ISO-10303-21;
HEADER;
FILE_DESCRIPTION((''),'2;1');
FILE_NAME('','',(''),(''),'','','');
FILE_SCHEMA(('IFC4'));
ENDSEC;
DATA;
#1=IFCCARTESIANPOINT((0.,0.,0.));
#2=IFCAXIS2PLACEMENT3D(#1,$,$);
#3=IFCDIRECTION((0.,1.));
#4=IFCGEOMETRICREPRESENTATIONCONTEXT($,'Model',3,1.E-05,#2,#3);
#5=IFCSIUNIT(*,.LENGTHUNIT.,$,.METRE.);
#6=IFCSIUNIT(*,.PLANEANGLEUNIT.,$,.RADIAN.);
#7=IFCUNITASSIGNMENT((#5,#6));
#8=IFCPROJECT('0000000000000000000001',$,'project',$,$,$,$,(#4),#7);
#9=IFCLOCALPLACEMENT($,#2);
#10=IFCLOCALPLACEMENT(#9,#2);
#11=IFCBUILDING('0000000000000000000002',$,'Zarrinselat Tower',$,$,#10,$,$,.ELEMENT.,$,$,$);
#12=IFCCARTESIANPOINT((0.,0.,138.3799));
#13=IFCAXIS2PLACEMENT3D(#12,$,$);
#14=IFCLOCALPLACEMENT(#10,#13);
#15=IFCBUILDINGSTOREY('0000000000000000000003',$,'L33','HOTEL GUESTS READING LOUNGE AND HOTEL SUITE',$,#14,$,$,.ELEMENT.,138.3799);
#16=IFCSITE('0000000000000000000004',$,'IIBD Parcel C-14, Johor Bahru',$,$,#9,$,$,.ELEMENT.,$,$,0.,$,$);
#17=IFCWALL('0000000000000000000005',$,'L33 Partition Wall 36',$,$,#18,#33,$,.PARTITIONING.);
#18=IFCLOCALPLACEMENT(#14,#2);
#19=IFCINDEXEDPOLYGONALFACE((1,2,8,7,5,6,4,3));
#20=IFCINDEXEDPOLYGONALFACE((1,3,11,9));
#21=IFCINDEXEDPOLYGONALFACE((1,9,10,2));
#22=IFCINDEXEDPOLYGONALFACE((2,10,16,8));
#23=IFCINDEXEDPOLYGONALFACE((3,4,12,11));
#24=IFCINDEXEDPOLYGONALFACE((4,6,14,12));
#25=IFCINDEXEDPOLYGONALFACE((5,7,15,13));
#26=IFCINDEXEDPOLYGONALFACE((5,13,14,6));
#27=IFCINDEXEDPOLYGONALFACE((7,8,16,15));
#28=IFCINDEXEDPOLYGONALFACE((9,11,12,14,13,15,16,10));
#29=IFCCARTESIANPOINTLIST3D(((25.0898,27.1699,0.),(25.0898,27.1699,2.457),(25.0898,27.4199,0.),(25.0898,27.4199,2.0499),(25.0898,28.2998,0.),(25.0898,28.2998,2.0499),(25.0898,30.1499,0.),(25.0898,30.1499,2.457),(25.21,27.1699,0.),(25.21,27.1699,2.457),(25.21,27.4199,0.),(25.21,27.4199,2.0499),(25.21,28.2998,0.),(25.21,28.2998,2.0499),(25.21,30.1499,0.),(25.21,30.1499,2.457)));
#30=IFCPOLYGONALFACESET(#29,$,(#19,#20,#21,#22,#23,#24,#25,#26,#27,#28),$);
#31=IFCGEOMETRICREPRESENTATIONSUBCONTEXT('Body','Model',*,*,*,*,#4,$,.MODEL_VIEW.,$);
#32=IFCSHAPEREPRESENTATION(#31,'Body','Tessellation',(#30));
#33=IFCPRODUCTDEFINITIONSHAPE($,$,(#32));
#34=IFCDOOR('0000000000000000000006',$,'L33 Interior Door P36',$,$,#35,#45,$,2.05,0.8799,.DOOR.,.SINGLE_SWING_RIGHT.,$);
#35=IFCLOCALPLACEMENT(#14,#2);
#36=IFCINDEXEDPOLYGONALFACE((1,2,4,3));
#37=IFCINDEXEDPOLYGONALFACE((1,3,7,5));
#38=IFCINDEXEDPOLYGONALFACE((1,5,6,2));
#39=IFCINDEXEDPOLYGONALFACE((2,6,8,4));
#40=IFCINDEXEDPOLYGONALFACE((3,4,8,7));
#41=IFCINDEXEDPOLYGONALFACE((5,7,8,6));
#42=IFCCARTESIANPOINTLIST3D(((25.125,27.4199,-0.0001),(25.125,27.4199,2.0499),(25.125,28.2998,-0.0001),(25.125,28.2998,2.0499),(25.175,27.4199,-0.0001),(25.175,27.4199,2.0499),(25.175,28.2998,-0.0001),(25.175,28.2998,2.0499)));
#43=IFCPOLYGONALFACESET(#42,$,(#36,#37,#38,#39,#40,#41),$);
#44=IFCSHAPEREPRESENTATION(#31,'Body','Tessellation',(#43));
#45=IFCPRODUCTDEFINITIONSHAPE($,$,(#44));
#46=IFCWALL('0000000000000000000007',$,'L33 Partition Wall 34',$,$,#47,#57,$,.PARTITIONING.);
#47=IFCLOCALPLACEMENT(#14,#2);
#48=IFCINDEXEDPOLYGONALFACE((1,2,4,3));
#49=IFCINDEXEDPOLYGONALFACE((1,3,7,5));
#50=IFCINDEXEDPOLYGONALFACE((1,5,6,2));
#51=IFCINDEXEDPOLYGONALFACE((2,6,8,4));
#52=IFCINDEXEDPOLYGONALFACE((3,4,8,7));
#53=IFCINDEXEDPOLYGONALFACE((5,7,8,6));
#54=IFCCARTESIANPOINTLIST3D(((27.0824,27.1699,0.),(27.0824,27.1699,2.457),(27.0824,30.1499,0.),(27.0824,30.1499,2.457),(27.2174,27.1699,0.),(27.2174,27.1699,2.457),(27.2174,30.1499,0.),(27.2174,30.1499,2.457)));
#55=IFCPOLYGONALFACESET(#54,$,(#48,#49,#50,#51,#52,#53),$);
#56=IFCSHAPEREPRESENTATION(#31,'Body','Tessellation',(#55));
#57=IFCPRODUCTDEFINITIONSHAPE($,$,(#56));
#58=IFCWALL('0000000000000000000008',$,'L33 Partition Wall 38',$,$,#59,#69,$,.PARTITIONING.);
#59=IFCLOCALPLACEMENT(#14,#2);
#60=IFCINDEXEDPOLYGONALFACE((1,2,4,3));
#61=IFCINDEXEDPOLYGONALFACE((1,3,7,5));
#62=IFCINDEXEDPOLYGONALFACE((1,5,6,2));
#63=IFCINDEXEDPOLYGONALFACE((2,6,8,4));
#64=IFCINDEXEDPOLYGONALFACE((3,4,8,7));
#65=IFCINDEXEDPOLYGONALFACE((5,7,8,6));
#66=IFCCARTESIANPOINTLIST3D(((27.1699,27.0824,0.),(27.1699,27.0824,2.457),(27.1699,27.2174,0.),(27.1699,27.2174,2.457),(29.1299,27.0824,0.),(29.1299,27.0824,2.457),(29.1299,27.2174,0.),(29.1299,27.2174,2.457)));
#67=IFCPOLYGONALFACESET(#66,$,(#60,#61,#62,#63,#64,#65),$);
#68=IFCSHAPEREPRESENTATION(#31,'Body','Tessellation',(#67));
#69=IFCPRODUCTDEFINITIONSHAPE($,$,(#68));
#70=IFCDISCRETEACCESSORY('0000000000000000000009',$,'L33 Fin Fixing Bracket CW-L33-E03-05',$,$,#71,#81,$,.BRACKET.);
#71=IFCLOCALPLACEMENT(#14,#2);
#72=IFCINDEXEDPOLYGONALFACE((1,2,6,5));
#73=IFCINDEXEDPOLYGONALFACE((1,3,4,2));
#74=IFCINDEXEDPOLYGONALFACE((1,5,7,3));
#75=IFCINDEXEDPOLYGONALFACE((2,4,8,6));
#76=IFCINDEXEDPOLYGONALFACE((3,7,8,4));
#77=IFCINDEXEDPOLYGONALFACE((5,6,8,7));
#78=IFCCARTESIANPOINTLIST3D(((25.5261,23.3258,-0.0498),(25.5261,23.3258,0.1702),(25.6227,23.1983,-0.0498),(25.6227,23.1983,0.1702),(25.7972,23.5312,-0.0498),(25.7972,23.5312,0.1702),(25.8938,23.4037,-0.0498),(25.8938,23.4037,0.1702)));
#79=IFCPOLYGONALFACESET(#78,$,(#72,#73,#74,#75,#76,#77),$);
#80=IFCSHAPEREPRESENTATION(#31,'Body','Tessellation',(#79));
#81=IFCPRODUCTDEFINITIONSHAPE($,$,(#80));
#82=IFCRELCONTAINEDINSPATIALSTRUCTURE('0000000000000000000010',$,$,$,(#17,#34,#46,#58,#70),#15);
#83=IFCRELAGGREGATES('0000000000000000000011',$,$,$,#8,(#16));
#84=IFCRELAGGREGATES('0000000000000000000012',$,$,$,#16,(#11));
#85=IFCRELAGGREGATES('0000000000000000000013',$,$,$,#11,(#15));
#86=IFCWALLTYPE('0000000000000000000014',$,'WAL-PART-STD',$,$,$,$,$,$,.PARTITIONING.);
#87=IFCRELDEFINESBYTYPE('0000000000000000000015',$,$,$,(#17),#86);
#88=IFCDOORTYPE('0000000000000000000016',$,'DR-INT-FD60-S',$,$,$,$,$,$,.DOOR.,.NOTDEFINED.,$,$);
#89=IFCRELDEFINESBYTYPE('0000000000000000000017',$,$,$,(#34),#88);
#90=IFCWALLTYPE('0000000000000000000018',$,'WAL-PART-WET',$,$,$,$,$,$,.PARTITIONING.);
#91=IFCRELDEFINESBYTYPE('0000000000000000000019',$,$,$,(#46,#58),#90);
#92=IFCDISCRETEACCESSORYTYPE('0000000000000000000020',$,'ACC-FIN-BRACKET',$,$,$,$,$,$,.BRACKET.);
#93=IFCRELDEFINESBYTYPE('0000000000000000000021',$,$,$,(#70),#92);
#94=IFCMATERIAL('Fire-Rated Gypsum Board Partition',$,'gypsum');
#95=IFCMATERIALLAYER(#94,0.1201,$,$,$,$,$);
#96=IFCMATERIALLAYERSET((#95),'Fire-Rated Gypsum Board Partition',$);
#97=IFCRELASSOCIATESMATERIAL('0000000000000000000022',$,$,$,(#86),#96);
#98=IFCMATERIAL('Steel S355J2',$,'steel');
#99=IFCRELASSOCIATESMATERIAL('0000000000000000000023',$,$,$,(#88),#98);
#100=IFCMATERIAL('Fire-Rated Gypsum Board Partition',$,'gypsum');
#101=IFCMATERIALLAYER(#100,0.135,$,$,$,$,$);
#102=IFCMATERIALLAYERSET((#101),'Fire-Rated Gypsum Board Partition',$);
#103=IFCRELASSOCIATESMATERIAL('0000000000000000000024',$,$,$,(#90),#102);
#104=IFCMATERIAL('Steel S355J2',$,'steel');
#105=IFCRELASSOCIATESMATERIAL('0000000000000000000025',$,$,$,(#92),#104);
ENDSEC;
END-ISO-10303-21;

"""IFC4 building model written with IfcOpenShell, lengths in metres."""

from ifc_helpers import new_model, si_unit, direction, frame, frame_2d, origin, origin_2d, place, context, subcontext, project, spatial, rectangle, extrude, material, layer, layer_set, type_object, element, fill, save


model = new_model("IFC4")

# Units and contexts
model_context = context("Model", 3, precision=1e-05, world=origin(), true_north=direction((0.0, 1.0)))
body_context = subcontext(model_context, "Body", "Model", "MODEL_VIEW")
ifc_project = project(units=[si_unit("LENGTHUNIT", "METRE"), si_unit("PLANEANGLEUNIT", "RADIAN")], contexts=[model_context])

# Site, building, storey
site_placement = place(None, origin())
site = spatial("IfcSite", under=ifc_project, at=site_placement, Name="IIBD Parcel C-14, Johor Bahru", CompositionType="ELEMENT", RefElevation=0.0)
building_placement = place(site_placement, origin())
building = spatial("IfcBuilding", under=site, at=building_placement, Name="Zarrinselat Tower", CompositionType="ELEMENT")
storey_placement = place(building_placement, frame((0.0, 0.0, 138.3799)))
storey = spatial("IfcBuildingStorey", under=building, at=storey_placement, Name="L33", Description="HOTEL GUESTS READING LOUNGE AND HOTEL SUITE", CompositionType="ELEMENT", Elevation=138.3799)

# Shared definitions
ifc_material_1 = material(Name="Fire-Rated Gypsum Board Partition", Category="gypsum")
ifc_layer_1 = layer(ifc_material_1, 0.1201)
ifc_layer_set_1 = layer_set([ifc_layer_1], Name="Fire-Rated Gypsum Board Partition")
wall_type_1 = type_object("IfcWallType", Name="WAL-PART-STD", PredefinedType="PARTITIONING", material=ifc_layer_set_1)

# Wall, opening, door
wall_1_placement = place(storey_placement, frame((25.1499, 27.1699, 0.0), z_axis=(0.0, 0.0, 1.0), x_axis=(0.0, 1.0, 0.0)))
wall_1 = element("IfcWall", 1, at=wall_1_placement, inside=storey, type_object=wall_type_1, Name="L33 Partition Wall 36", PredefinedType="PARTITIONING", context=body_context, shape_type="SweptSolid", body=[
    extrude(rectangle(XDim=2.98, YDim=0.1201, at=frame_2d((1.49, 0.0))), origin(), (0.0, 0.0, 1.0), 2.457),
])
opening_placement = place(wall_1_placement, frame((0.25, 0.0, 0.0)))
opening = element("IfcOpeningElement", 2, at=opening_placement, cuts=wall_1, PredefinedType="OPENING", context=body_context, shape_type="SweptSolid", body=[
    extrude(rectangle(XDim=0.8799, YDim=2.05, at=frame_2d((0.4399, 1.0249))), frame((0.0, 0.0701, 0.0), z_axis=(0.0, -1.0, 0.0), x_axis=(1.0, 0.0, 0.0)), (0.0, 0.0, 1.0), 0.1401),
])
ifc_material_2 = material(Name="Steel S355J2", Category="steel")
door_type = type_object("IfcDoorType", Name="DR-INT-FD60-S", OperationType="NOTDEFINED", PredefinedType="DOOR", material=ifc_material_2)
door_placement = place(opening_placement, origin())
door = element("IfcDoor", 3, at=door_placement, inside=storey, type_object=door_type, Name="L33 Interior Door P36", OperationType="SINGLE_SWING_RIGHT", OverallHeight=2.05, OverallWidth=0.8799, PredefinedType="DOOR", context=body_context, shape_type="SweptSolid", body=[
    extrude(rectangle(XDim=0.8799, YDim=2.05, at=frame_2d((0.4399, 1.0249))), frame((0.0, 0.0249, 0.0), z_axis=(0.0, -1.0, 0.0), x_axis=(1.0, 0.0, 0.0)), (0.0, 0.0, 1.0), 0.05),
])
fill(opening, door)

# Walls
ifc_material_3 = material(Name="Fire-Rated Gypsum Board Partition", Category="gypsum")
ifc_layer_2 = layer(ifc_material_3, 0.135)
ifc_layer_set_2 = layer_set([ifc_layer_2], Name="Fire-Rated Gypsum Board Partition")
wall_type_2 = type_object("IfcWallType", Name="WAL-PART-WET", PredefinedType="PARTITIONING", material=ifc_layer_set_2)
wall_2_placement = place(storey_placement, frame((27.1499, 27.1699, 0.0), z_axis=(0.0, 0.0, 1.0), x_axis=(0.0, 1.0, 0.0)))
element("IfcWall", 4, at=wall_2_placement, inside=storey, type_object=wall_type_2, Name="L33 Partition Wall 34", PredefinedType="PARTITIONING", context=body_context, shape_type="SweptSolid", body=[
    extrude(rectangle(XDim=2.98, YDim=0.135, at=frame_2d((1.49, 0.0))), origin(), (0.0, 0.0, 1.0), 2.457),
])
wall_3_placement = place(storey_placement, frame((27.1699, 27.1499, 0.0), z_axis=(0.0, 0.0, 1.0), x_axis=(1.0, 0.0, 0.0)))
element("IfcWall", 5, at=wall_3_placement, inside=storey, type_object=wall_type_2, Name="L33 Partition Wall 38", PredefinedType="PARTITIONING", context=body_context, shape_type="SweptSolid", body=[
    extrude(rectangle(XDim=1.96, YDim=0.135, at=frame_2d((0.98, 0.0))), origin(), (0.0, 0.0, 1.0), 2.457),
])

# Discrete accessory
ifc_material_4 = material(Name="Steel S355J2", Category="steel")
discrete_accessory_type = type_object("IfcDiscreteAccessoryType", Name="ACC-FIN-BRACKET", PredefinedType="BRACKET", material=ifc_material_4)
discrete_accessory_placement = place(storey_placement, frame((25.71, 23.3647, -0.0498), z_axis=(0.0, 0.0, 1.0), x_axis=(-0.797094, -0.603856, 0.0)))
element("IfcDiscreteAccessory", 6, at=discrete_accessory_placement, inside=storey, type_object=discrete_accessory_type, Name="L33 Fin Fixing Bracket CW-L33-E03-05", PredefinedType="BRACKET", context=body_context, shape_type="SweptSolid", body=[
    extrude(rectangle(XDim=0.3401, YDim=0.1599, at=origin_2d()), origin(), (0.0, 0.0, 1.0), 0.22),
])

save(model, "model.ifc")
